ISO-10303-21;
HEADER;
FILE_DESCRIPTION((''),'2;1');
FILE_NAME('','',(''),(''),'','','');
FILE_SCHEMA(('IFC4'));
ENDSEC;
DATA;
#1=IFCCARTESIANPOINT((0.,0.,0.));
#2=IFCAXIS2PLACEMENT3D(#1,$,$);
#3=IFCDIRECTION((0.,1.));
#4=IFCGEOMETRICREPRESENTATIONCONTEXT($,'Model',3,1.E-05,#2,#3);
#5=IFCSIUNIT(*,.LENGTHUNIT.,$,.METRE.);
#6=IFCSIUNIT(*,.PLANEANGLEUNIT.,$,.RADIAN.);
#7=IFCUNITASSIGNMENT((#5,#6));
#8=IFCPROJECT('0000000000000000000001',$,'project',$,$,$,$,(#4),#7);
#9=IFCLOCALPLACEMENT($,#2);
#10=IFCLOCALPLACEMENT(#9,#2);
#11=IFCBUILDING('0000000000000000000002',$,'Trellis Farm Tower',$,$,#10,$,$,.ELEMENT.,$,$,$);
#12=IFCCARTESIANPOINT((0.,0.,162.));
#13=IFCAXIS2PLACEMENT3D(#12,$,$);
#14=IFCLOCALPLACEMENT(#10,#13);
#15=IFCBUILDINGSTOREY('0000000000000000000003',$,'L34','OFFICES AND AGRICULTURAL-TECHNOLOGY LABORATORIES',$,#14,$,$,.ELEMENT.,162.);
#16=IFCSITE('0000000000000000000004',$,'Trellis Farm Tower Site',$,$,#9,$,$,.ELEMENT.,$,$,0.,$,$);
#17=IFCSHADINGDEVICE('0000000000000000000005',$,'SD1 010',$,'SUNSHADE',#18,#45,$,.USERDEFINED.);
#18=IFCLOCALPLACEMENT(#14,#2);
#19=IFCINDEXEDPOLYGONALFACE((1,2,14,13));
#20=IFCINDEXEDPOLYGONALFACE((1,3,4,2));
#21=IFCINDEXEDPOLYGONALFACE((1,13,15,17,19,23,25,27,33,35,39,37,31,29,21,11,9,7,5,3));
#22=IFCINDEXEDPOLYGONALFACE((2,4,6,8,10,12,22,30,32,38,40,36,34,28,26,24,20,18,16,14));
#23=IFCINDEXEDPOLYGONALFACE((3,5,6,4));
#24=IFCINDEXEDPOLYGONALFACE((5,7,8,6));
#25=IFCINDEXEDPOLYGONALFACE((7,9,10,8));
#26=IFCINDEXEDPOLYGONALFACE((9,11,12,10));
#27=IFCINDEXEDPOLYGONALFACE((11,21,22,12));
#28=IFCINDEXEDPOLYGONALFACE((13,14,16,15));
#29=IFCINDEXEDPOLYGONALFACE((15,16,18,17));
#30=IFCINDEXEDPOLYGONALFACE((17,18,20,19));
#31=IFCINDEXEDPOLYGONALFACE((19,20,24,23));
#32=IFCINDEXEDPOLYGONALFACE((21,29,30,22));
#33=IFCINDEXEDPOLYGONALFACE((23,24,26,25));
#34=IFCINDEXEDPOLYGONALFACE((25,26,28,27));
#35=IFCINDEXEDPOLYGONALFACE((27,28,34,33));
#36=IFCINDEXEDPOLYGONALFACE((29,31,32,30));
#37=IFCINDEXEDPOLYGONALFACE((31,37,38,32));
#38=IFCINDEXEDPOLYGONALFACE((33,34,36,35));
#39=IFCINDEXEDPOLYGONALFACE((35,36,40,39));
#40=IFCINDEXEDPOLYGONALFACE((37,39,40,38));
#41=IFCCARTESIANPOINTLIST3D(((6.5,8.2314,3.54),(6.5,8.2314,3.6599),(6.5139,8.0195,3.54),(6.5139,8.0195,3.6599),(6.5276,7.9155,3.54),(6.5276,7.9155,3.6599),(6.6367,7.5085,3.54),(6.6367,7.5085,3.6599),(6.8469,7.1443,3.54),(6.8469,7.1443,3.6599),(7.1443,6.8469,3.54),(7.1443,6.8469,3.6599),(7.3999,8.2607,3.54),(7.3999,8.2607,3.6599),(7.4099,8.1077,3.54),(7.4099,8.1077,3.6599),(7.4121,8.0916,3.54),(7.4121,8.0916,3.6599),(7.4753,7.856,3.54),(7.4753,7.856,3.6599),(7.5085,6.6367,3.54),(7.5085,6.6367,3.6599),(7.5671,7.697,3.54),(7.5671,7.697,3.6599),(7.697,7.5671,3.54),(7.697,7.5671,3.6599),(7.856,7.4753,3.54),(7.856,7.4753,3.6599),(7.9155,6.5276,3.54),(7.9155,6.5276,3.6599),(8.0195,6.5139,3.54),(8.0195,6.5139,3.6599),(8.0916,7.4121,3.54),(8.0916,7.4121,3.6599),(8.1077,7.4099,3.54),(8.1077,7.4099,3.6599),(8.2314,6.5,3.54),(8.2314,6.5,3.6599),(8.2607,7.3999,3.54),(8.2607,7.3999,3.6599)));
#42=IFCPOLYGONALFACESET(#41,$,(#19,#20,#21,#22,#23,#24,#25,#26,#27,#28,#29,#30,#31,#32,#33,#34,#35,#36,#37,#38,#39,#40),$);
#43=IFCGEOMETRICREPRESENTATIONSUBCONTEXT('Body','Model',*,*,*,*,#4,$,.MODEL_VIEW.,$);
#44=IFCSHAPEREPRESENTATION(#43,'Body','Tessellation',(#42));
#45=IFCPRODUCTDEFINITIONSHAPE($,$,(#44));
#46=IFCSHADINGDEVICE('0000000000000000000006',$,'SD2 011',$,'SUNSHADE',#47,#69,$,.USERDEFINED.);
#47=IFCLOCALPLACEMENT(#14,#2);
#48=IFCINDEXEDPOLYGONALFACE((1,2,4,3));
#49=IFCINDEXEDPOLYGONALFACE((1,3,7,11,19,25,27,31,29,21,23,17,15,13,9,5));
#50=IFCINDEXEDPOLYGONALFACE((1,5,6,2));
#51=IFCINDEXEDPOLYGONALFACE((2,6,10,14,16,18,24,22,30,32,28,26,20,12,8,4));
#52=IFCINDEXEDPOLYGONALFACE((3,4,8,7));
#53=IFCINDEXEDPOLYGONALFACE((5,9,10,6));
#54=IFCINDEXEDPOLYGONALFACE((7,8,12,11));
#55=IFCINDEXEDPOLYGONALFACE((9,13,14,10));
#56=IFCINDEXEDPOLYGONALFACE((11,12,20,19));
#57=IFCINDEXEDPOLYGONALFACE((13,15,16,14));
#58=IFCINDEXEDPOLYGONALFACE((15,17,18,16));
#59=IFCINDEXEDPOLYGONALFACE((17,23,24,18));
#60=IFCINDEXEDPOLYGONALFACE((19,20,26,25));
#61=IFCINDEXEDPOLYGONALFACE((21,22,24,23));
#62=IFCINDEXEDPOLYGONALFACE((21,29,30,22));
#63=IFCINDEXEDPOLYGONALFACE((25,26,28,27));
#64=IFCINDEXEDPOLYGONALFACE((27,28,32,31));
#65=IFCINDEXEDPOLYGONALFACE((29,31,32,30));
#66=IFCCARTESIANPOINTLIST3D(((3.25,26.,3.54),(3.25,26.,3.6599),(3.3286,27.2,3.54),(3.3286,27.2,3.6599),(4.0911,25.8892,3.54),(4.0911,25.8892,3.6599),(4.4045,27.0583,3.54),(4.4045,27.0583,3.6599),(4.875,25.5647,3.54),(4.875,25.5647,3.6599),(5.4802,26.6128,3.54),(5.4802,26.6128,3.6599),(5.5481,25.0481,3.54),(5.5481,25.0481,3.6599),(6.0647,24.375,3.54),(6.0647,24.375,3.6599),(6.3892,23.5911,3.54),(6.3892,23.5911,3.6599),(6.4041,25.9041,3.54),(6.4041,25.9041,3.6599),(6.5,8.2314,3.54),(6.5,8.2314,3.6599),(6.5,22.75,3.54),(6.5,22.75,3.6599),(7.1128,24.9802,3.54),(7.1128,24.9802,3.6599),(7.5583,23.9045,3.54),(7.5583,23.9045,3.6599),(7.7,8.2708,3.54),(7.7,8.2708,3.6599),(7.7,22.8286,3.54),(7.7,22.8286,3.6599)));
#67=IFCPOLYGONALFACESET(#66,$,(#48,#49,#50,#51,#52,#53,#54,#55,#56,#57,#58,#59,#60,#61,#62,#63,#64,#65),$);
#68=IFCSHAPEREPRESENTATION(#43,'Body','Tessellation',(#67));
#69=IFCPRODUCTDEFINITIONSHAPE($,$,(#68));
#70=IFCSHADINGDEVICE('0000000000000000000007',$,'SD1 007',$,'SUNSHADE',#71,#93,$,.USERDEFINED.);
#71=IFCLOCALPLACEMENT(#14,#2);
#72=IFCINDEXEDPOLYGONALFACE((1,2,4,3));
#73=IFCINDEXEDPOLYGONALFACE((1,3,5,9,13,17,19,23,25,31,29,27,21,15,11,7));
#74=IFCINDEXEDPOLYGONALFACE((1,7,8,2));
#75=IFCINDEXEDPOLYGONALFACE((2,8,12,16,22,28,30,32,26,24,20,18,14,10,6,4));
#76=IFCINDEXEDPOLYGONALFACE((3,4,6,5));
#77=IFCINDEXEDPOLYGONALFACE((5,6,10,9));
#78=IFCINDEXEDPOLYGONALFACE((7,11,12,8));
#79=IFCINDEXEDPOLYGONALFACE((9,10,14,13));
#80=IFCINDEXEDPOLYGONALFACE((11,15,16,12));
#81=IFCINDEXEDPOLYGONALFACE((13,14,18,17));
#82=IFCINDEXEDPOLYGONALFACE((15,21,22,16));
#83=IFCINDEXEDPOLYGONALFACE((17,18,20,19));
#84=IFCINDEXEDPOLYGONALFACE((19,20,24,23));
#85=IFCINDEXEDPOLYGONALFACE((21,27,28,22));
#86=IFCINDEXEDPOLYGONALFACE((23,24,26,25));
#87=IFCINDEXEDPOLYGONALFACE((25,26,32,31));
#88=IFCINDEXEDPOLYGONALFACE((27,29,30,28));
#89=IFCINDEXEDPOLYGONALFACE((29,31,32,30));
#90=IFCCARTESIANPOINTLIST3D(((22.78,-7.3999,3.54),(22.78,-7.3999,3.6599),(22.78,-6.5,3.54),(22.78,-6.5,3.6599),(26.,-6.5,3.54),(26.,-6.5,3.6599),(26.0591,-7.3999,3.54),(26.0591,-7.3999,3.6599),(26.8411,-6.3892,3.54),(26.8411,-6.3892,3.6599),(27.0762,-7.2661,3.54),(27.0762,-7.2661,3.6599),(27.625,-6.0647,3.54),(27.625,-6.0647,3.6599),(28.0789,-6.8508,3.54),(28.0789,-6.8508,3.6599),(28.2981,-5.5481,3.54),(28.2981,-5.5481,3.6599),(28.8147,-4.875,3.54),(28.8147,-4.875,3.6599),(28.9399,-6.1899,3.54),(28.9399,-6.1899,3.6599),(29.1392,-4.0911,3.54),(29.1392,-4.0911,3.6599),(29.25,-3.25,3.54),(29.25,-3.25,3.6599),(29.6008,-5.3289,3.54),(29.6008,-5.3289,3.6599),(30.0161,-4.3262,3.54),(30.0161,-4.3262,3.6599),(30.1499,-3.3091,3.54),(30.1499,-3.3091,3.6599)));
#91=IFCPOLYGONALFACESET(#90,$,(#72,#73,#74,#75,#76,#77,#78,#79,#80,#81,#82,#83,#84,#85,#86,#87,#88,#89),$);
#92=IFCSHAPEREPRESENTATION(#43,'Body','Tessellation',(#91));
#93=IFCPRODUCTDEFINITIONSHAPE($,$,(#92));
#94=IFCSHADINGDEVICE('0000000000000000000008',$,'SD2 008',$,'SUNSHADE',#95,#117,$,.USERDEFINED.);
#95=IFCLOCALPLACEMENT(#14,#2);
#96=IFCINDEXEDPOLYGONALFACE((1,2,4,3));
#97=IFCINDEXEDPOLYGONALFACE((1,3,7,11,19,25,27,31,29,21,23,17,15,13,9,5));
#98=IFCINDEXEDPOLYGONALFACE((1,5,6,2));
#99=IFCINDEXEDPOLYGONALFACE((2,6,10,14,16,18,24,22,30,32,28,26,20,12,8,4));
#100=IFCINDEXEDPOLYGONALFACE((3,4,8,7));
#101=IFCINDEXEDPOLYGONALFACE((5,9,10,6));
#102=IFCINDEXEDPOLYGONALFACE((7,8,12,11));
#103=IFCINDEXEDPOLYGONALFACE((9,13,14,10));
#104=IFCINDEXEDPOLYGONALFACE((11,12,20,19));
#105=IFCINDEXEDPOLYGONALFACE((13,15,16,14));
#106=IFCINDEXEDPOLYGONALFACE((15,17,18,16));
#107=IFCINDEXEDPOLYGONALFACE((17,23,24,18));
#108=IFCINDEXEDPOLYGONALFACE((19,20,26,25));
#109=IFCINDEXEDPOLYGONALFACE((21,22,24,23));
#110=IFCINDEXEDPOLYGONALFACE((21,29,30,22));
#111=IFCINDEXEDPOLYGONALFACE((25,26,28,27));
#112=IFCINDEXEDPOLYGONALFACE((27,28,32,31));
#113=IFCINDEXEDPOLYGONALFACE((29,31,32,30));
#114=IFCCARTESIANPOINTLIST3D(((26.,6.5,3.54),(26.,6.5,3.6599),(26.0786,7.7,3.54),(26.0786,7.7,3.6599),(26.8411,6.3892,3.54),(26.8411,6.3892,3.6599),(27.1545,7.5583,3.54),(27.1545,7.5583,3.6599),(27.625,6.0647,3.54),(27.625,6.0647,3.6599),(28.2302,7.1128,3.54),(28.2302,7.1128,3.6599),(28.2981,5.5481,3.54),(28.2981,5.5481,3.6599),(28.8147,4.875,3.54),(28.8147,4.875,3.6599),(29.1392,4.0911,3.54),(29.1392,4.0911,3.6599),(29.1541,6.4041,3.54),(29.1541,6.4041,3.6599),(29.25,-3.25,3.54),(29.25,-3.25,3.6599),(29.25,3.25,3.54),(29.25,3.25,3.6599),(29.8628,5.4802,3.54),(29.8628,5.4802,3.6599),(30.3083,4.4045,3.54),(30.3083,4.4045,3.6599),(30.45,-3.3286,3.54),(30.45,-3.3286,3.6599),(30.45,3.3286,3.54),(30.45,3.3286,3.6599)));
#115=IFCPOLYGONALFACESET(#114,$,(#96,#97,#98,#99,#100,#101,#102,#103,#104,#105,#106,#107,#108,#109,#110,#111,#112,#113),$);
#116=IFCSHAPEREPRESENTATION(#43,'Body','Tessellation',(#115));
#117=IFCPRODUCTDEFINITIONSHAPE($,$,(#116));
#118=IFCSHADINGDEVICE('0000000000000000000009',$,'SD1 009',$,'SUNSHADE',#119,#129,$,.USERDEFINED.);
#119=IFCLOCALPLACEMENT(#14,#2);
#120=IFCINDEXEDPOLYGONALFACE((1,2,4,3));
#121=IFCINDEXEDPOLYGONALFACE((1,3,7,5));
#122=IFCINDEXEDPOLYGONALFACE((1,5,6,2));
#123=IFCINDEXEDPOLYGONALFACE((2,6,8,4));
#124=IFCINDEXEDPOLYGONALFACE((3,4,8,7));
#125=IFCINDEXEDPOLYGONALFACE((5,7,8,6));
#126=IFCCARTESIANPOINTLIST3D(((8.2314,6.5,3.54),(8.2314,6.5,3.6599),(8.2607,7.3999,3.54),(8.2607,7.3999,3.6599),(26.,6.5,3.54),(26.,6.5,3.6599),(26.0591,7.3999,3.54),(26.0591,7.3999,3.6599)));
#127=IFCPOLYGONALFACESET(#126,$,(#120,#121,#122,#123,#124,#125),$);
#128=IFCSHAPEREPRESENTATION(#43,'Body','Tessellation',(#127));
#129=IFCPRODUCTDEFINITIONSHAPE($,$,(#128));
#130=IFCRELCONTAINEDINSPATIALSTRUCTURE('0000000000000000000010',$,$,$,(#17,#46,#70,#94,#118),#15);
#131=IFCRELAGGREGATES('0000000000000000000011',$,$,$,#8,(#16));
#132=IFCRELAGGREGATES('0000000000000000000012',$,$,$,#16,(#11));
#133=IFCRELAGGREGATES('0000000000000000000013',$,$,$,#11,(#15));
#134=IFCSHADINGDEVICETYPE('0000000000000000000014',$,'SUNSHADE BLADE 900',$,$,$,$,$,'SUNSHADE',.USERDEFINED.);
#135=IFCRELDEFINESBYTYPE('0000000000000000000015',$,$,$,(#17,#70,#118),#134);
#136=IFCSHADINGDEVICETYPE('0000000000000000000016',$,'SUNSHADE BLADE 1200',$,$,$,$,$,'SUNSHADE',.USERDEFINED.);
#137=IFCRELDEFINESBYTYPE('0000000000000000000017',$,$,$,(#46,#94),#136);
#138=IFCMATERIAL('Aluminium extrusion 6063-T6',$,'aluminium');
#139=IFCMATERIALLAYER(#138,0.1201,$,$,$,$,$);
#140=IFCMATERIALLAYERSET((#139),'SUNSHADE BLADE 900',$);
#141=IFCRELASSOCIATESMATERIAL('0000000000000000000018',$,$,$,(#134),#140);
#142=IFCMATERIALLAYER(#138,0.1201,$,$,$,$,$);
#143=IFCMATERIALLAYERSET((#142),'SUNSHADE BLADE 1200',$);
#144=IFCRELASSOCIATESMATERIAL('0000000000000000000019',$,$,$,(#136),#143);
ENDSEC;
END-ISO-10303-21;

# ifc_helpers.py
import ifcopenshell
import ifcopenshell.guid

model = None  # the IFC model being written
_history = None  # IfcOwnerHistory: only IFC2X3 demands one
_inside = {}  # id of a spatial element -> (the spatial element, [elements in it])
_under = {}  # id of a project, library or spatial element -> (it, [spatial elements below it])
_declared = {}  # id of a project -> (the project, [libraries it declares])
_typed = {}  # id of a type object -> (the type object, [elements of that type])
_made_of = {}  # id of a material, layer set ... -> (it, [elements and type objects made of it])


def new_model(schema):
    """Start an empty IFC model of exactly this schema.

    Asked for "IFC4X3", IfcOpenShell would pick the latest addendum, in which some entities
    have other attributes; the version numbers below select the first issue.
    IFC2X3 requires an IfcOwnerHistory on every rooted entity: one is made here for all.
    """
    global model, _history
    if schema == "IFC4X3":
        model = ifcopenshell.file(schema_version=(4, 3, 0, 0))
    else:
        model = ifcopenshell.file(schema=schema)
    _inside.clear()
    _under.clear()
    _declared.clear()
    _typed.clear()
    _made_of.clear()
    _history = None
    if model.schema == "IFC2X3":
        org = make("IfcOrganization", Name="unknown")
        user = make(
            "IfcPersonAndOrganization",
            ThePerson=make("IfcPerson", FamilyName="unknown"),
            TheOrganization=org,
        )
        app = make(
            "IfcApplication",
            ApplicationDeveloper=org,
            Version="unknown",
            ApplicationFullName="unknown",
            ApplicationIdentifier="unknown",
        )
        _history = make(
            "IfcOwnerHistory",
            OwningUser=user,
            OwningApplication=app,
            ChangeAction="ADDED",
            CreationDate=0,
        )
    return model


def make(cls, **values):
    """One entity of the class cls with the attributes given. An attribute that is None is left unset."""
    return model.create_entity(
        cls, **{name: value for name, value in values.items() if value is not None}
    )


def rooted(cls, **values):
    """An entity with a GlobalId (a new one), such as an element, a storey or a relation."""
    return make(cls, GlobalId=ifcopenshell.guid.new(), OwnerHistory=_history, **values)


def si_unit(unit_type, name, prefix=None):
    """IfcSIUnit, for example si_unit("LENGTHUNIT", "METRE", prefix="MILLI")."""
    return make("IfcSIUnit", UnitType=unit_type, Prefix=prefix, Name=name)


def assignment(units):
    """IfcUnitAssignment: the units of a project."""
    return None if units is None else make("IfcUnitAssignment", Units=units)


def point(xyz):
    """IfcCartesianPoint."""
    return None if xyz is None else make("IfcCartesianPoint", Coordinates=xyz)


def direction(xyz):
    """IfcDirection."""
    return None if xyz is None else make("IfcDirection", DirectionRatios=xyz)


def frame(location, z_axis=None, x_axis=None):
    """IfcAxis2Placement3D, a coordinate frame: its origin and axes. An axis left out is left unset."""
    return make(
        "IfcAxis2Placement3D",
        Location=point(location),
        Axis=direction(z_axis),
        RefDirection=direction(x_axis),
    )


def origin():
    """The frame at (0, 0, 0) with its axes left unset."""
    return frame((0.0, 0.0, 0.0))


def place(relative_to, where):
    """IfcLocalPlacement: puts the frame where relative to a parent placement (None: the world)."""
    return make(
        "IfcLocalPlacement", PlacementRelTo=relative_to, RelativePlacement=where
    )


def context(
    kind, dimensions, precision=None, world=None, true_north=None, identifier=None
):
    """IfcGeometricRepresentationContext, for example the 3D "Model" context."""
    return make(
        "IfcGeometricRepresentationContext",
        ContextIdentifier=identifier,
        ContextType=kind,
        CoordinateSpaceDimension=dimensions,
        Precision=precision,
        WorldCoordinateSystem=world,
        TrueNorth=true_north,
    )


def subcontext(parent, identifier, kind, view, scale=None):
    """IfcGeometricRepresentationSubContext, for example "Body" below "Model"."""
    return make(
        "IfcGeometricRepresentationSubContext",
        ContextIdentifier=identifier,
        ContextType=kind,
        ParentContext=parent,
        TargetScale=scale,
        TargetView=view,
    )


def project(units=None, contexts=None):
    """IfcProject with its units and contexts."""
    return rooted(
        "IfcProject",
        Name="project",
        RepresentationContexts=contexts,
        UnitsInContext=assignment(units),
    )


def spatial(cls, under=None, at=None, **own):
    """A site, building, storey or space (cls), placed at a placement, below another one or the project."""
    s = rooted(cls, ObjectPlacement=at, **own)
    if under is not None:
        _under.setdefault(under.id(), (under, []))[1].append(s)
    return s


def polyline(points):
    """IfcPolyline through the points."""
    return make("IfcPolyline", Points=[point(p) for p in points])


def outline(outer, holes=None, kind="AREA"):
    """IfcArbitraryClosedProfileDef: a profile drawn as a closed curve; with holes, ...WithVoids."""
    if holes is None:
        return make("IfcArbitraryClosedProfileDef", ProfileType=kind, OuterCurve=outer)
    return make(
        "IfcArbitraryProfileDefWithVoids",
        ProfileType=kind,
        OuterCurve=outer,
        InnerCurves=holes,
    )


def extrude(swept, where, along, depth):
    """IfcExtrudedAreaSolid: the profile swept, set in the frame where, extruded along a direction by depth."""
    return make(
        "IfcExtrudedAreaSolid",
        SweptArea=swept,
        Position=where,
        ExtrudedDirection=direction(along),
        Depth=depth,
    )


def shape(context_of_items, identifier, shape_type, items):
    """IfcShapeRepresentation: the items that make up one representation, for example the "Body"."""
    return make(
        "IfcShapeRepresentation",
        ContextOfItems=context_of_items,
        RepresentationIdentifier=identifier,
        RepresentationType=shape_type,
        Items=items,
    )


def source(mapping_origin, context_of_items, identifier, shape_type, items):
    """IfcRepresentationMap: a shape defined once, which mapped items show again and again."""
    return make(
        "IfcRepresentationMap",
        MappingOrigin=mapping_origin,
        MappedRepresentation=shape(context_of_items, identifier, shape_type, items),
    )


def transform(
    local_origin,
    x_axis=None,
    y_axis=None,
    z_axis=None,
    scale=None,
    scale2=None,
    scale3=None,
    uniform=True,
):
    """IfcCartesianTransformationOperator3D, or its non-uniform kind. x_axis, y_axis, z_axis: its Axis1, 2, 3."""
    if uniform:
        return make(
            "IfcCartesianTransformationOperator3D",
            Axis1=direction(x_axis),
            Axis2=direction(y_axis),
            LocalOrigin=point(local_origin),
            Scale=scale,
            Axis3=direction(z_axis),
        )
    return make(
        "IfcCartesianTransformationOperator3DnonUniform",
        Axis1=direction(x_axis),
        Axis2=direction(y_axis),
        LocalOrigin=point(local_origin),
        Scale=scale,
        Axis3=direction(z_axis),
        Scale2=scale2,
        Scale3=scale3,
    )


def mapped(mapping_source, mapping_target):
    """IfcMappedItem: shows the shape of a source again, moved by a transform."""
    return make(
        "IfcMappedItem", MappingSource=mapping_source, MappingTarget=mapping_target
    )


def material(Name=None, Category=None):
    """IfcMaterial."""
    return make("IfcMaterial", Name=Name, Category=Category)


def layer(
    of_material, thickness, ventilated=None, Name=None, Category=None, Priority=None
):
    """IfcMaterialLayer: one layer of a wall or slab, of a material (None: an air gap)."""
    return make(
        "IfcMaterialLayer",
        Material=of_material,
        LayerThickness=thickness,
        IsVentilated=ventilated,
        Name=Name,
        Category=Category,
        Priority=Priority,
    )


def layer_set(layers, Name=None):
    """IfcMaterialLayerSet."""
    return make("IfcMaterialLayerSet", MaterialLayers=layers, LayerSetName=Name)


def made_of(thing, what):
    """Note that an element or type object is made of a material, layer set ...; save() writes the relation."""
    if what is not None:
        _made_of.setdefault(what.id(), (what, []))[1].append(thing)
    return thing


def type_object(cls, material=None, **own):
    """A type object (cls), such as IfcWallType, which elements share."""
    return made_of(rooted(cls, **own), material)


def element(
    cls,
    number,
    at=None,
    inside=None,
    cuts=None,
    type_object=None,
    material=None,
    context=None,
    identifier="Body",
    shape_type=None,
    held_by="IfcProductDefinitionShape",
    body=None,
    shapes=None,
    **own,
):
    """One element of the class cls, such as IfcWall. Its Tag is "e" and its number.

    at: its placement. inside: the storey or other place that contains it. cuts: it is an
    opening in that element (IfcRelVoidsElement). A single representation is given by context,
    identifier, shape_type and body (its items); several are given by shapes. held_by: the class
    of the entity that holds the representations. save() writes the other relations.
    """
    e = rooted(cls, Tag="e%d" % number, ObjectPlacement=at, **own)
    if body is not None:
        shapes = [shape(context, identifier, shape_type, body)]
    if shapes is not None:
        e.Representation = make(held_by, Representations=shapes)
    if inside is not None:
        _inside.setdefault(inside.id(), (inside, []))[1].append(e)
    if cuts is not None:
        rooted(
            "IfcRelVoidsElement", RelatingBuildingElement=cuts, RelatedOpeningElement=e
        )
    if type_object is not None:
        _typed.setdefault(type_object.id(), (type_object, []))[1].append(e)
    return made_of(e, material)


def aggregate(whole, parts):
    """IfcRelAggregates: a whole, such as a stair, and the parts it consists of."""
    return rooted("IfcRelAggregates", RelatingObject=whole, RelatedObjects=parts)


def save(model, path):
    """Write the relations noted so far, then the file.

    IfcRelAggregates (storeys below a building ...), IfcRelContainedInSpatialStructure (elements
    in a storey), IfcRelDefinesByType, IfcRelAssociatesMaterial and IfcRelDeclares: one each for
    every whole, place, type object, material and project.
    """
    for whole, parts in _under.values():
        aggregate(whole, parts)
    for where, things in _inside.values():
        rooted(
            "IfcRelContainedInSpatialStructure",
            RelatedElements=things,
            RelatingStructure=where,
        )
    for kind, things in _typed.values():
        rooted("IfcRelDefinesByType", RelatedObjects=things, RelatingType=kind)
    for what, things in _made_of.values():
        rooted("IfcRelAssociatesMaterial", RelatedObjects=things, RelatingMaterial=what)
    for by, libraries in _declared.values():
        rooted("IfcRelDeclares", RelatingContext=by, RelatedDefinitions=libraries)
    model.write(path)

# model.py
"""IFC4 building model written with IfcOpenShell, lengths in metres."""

from ifc_helpers import new_model, si_unit, direction, frame, origin, place, context, subcontext, project, spatial, polyline, outline, extrude, source, transform, mapped, material, layer, layer_set, type_object, element, save


model = new_model("IFC4")

# Units and contexts
model_context = context("Model", 3, precision=1e-05, world=origin(), true_north=direction((0.0, 1.0)))
body_context = subcontext(model_context, "Body", "Model", "MODEL_VIEW")
ifc_project = project(units=[si_unit("LENGTHUNIT", "METRE"), si_unit("PLANEANGLEUNIT", "RADIAN")], contexts=[model_context])

# Site, building, storey
site_placement = place(None, origin())
site = spatial("IfcSite", under=ifc_project, at=site_placement, Name="Trellis Farm Tower Site", CompositionType="ELEMENT", RefElevation=0.0)
building_placement = place(site_placement, origin())
building = spatial("IfcBuilding", under=site, at=building_placement, Name="Trellis Farm Tower", CompositionType="ELEMENT")
storey_placement = place(building_placement, frame((0.0, 0.0, 162.0)))
storey = spatial("IfcBuildingStorey", under=building, at=storey_placement, Name="L34", Description="OFFICES AND AGRICULTURAL-TECHNOLOGY LABORATORIES", CompositionType="ELEMENT", Elevation=162.0)

# Shared definitions
ifc_material_1 = material(Name="Aluminium extrusion 6063-T6", Category="aluminium")

# Shading devices
ifc_layer_1 = layer(ifc_material_1, 0.1201)
ifc_layer_set_1 = layer_set([ifc_layer_1], Name="SUNSHADE BLADE 900")
shading_device_type_1 = type_object("IfcShadingDeviceType", Name="SUNSHADE BLADE 900", ElementType="SUNSHADE", PredefinedType="USERDEFINED", material=ifc_layer_set_1)
shared_shape_1 = source(origin(), body_context, "Body", "SweptSolid", [
    extrude(outline(polyline([(8.2607, 7.3999), (8.1077, 7.4099), (8.0916, 7.4121), (7.856, 7.4753), (7.697, 7.5671), (7.5671, 7.697), (7.4753, 7.856), (7.4121, 8.0916), (7.4099, 8.1077), (7.3999, 8.2607), (6.5, 8.2314), (6.5139, 8.0195), (6.5276, 7.9155), (6.6367, 7.5085), (6.8469, 7.1443), (7.1443, 6.8469), (7.5085, 6.6367), (7.9155, 6.5276), (8.0195, 6.5139), (8.2314, 6.5), (8.2607, 7.3999)])), origin(), (0.0, 0.0, 1.0), 0.1199),
])
placement_1 = place(storey_placement, frame((0.0, 0.0, 3.54)))
element("IfcShadingDevice", 1, at=placement_1, inside=storey, type_object=shading_device_type_1, Name="SD1 010", ObjectType="SUNSHADE", PredefinedType="USERDEFINED", context=body_context, shape_type="MappedRepresentation", body=[
    mapped(shared_shape_1, transform((0.0, 0.0, 0.0))),
])
ifc_layer_2 = layer(ifc_material_1, 0.1201)
ifc_layer_set_2 = layer_set([ifc_layer_2], Name="SUNSHADE BLADE 1200")
shading_device_type_2 = type_object("IfcShadingDeviceType", Name="SUNSHADE BLADE 1200", ElementType="SUNSHADE", PredefinedType="USERDEFINED", material=ifc_layer_set_2)
shared_shape_2 = source(origin(), body_context, "Body", "SweptSolid", [
    extrude(outline(polyline([(7.7, 8.2708), (7.7, 22.8286), (7.5583, 23.9045), (7.1128, 24.9802), (6.4041, 25.9041), (5.4802, 26.6128), (4.4045, 27.0583), (3.3286, 27.2), (3.25, 26.0), (4.0911, 25.8892), (4.875, 25.5647), (5.5481, 25.0481), (6.0647, 24.375), (6.3892, 23.5911), (6.5, 22.75), (6.5, 8.2314), (7.7, 8.2708)])), origin(), (0.0, 0.0, 1.0), 0.1199),
])
element("IfcShadingDevice", 2, at=placement_1, inside=storey, type_object=shading_device_type_2, Name="SD2 011", ObjectType="SUNSHADE", PredefinedType="USERDEFINED", context=body_context, shape_type="MappedRepresentation", body=[
    mapped(shared_shape_2, transform((0.0, 0.0, 0.0))),
])
shared_shape_3 = source(origin(), body_context, "Body", "SweptSolid", [
    extrude(outline(polyline([(22.78, -7.3999), (26.0591, -7.3999), (27.0762, -7.2661), (28.0789, -6.8508), (28.9399, -6.1899), (29.6008, -5.3289), (30.0161, -4.3262), (30.1499, -3.3091), (29.25, -3.25), (29.1392, -4.0911), (28.8147, -4.875), (28.2981, -5.5481), (27.625, -6.0647), (26.8411, -6.3892), (26.0, -6.5), (22.78, -6.5), (22.78, -7.3999)])), origin(), (0.0, 0.0, 1.0), 0.1199),
])
element("IfcShadingDevice", 3, at=placement_1, inside=storey, type_object=shading_device_type_1, Name="SD1 007", ObjectType="SUNSHADE", PredefinedType="USERDEFINED", context=body_context, shape_type="MappedRepresentation", body=[
    mapped(shared_shape_3, transform((0.0, 0.0, 0.0))),
])
shared_shape_4 = source(origin(), body_context, "Body", "SweptSolid", [
    extrude(outline(polyline([(30.45, -3.3286), (30.45, 3.3286), (30.3083, 4.4045), (29.8628, 5.4802), (29.1541, 6.4041), (28.2302, 7.1128), (27.1545, 7.5583), (26.0786, 7.7), (26.0, 6.5), (26.8411, 6.3892), (27.625, 6.0647), (28.2981, 5.5481), (28.8147, 4.875), (29.1392, 4.0911), (29.25, 3.25), (29.25, -3.25), (30.45, -3.3286)])), origin(), (0.0, 0.0, 1.0), 0.1199),
])
element("IfcShadingDevice", 4, at=placement_1, inside=storey, type_object=shading_device_type_2, Name="SD2 008", ObjectType="SUNSHADE", PredefinedType="USERDEFINED", context=body_context, shape_type="MappedRepresentation", body=[
    mapped(shared_shape_4, transform((0.0, 0.0, 0.0))),
])
shared_shape_5 = source(origin(), body_context, "Body", "SweptSolid", [
    extrude(outline(polyline([(26.0591, 7.3999), (8.2607, 7.3999), (8.2314, 6.5), (26.0, 6.5), (26.0591, 7.3999)])), origin(), (0.0, 0.0, 1.0), 0.1199),
])
element("IfcShadingDevice", 5, at=placement_1, inside=storey, type_object=shading_device_type_1, Name="SD1 009", ObjectType="SUNSHADE", PredefinedType="USERDEFINED", context=body_context, shape_type="MappedRepresentation", body=[
    mapped(shared_shape_5, transform((0.0, 0.0, 0.0))),
])

save(model, "model.ifc")
